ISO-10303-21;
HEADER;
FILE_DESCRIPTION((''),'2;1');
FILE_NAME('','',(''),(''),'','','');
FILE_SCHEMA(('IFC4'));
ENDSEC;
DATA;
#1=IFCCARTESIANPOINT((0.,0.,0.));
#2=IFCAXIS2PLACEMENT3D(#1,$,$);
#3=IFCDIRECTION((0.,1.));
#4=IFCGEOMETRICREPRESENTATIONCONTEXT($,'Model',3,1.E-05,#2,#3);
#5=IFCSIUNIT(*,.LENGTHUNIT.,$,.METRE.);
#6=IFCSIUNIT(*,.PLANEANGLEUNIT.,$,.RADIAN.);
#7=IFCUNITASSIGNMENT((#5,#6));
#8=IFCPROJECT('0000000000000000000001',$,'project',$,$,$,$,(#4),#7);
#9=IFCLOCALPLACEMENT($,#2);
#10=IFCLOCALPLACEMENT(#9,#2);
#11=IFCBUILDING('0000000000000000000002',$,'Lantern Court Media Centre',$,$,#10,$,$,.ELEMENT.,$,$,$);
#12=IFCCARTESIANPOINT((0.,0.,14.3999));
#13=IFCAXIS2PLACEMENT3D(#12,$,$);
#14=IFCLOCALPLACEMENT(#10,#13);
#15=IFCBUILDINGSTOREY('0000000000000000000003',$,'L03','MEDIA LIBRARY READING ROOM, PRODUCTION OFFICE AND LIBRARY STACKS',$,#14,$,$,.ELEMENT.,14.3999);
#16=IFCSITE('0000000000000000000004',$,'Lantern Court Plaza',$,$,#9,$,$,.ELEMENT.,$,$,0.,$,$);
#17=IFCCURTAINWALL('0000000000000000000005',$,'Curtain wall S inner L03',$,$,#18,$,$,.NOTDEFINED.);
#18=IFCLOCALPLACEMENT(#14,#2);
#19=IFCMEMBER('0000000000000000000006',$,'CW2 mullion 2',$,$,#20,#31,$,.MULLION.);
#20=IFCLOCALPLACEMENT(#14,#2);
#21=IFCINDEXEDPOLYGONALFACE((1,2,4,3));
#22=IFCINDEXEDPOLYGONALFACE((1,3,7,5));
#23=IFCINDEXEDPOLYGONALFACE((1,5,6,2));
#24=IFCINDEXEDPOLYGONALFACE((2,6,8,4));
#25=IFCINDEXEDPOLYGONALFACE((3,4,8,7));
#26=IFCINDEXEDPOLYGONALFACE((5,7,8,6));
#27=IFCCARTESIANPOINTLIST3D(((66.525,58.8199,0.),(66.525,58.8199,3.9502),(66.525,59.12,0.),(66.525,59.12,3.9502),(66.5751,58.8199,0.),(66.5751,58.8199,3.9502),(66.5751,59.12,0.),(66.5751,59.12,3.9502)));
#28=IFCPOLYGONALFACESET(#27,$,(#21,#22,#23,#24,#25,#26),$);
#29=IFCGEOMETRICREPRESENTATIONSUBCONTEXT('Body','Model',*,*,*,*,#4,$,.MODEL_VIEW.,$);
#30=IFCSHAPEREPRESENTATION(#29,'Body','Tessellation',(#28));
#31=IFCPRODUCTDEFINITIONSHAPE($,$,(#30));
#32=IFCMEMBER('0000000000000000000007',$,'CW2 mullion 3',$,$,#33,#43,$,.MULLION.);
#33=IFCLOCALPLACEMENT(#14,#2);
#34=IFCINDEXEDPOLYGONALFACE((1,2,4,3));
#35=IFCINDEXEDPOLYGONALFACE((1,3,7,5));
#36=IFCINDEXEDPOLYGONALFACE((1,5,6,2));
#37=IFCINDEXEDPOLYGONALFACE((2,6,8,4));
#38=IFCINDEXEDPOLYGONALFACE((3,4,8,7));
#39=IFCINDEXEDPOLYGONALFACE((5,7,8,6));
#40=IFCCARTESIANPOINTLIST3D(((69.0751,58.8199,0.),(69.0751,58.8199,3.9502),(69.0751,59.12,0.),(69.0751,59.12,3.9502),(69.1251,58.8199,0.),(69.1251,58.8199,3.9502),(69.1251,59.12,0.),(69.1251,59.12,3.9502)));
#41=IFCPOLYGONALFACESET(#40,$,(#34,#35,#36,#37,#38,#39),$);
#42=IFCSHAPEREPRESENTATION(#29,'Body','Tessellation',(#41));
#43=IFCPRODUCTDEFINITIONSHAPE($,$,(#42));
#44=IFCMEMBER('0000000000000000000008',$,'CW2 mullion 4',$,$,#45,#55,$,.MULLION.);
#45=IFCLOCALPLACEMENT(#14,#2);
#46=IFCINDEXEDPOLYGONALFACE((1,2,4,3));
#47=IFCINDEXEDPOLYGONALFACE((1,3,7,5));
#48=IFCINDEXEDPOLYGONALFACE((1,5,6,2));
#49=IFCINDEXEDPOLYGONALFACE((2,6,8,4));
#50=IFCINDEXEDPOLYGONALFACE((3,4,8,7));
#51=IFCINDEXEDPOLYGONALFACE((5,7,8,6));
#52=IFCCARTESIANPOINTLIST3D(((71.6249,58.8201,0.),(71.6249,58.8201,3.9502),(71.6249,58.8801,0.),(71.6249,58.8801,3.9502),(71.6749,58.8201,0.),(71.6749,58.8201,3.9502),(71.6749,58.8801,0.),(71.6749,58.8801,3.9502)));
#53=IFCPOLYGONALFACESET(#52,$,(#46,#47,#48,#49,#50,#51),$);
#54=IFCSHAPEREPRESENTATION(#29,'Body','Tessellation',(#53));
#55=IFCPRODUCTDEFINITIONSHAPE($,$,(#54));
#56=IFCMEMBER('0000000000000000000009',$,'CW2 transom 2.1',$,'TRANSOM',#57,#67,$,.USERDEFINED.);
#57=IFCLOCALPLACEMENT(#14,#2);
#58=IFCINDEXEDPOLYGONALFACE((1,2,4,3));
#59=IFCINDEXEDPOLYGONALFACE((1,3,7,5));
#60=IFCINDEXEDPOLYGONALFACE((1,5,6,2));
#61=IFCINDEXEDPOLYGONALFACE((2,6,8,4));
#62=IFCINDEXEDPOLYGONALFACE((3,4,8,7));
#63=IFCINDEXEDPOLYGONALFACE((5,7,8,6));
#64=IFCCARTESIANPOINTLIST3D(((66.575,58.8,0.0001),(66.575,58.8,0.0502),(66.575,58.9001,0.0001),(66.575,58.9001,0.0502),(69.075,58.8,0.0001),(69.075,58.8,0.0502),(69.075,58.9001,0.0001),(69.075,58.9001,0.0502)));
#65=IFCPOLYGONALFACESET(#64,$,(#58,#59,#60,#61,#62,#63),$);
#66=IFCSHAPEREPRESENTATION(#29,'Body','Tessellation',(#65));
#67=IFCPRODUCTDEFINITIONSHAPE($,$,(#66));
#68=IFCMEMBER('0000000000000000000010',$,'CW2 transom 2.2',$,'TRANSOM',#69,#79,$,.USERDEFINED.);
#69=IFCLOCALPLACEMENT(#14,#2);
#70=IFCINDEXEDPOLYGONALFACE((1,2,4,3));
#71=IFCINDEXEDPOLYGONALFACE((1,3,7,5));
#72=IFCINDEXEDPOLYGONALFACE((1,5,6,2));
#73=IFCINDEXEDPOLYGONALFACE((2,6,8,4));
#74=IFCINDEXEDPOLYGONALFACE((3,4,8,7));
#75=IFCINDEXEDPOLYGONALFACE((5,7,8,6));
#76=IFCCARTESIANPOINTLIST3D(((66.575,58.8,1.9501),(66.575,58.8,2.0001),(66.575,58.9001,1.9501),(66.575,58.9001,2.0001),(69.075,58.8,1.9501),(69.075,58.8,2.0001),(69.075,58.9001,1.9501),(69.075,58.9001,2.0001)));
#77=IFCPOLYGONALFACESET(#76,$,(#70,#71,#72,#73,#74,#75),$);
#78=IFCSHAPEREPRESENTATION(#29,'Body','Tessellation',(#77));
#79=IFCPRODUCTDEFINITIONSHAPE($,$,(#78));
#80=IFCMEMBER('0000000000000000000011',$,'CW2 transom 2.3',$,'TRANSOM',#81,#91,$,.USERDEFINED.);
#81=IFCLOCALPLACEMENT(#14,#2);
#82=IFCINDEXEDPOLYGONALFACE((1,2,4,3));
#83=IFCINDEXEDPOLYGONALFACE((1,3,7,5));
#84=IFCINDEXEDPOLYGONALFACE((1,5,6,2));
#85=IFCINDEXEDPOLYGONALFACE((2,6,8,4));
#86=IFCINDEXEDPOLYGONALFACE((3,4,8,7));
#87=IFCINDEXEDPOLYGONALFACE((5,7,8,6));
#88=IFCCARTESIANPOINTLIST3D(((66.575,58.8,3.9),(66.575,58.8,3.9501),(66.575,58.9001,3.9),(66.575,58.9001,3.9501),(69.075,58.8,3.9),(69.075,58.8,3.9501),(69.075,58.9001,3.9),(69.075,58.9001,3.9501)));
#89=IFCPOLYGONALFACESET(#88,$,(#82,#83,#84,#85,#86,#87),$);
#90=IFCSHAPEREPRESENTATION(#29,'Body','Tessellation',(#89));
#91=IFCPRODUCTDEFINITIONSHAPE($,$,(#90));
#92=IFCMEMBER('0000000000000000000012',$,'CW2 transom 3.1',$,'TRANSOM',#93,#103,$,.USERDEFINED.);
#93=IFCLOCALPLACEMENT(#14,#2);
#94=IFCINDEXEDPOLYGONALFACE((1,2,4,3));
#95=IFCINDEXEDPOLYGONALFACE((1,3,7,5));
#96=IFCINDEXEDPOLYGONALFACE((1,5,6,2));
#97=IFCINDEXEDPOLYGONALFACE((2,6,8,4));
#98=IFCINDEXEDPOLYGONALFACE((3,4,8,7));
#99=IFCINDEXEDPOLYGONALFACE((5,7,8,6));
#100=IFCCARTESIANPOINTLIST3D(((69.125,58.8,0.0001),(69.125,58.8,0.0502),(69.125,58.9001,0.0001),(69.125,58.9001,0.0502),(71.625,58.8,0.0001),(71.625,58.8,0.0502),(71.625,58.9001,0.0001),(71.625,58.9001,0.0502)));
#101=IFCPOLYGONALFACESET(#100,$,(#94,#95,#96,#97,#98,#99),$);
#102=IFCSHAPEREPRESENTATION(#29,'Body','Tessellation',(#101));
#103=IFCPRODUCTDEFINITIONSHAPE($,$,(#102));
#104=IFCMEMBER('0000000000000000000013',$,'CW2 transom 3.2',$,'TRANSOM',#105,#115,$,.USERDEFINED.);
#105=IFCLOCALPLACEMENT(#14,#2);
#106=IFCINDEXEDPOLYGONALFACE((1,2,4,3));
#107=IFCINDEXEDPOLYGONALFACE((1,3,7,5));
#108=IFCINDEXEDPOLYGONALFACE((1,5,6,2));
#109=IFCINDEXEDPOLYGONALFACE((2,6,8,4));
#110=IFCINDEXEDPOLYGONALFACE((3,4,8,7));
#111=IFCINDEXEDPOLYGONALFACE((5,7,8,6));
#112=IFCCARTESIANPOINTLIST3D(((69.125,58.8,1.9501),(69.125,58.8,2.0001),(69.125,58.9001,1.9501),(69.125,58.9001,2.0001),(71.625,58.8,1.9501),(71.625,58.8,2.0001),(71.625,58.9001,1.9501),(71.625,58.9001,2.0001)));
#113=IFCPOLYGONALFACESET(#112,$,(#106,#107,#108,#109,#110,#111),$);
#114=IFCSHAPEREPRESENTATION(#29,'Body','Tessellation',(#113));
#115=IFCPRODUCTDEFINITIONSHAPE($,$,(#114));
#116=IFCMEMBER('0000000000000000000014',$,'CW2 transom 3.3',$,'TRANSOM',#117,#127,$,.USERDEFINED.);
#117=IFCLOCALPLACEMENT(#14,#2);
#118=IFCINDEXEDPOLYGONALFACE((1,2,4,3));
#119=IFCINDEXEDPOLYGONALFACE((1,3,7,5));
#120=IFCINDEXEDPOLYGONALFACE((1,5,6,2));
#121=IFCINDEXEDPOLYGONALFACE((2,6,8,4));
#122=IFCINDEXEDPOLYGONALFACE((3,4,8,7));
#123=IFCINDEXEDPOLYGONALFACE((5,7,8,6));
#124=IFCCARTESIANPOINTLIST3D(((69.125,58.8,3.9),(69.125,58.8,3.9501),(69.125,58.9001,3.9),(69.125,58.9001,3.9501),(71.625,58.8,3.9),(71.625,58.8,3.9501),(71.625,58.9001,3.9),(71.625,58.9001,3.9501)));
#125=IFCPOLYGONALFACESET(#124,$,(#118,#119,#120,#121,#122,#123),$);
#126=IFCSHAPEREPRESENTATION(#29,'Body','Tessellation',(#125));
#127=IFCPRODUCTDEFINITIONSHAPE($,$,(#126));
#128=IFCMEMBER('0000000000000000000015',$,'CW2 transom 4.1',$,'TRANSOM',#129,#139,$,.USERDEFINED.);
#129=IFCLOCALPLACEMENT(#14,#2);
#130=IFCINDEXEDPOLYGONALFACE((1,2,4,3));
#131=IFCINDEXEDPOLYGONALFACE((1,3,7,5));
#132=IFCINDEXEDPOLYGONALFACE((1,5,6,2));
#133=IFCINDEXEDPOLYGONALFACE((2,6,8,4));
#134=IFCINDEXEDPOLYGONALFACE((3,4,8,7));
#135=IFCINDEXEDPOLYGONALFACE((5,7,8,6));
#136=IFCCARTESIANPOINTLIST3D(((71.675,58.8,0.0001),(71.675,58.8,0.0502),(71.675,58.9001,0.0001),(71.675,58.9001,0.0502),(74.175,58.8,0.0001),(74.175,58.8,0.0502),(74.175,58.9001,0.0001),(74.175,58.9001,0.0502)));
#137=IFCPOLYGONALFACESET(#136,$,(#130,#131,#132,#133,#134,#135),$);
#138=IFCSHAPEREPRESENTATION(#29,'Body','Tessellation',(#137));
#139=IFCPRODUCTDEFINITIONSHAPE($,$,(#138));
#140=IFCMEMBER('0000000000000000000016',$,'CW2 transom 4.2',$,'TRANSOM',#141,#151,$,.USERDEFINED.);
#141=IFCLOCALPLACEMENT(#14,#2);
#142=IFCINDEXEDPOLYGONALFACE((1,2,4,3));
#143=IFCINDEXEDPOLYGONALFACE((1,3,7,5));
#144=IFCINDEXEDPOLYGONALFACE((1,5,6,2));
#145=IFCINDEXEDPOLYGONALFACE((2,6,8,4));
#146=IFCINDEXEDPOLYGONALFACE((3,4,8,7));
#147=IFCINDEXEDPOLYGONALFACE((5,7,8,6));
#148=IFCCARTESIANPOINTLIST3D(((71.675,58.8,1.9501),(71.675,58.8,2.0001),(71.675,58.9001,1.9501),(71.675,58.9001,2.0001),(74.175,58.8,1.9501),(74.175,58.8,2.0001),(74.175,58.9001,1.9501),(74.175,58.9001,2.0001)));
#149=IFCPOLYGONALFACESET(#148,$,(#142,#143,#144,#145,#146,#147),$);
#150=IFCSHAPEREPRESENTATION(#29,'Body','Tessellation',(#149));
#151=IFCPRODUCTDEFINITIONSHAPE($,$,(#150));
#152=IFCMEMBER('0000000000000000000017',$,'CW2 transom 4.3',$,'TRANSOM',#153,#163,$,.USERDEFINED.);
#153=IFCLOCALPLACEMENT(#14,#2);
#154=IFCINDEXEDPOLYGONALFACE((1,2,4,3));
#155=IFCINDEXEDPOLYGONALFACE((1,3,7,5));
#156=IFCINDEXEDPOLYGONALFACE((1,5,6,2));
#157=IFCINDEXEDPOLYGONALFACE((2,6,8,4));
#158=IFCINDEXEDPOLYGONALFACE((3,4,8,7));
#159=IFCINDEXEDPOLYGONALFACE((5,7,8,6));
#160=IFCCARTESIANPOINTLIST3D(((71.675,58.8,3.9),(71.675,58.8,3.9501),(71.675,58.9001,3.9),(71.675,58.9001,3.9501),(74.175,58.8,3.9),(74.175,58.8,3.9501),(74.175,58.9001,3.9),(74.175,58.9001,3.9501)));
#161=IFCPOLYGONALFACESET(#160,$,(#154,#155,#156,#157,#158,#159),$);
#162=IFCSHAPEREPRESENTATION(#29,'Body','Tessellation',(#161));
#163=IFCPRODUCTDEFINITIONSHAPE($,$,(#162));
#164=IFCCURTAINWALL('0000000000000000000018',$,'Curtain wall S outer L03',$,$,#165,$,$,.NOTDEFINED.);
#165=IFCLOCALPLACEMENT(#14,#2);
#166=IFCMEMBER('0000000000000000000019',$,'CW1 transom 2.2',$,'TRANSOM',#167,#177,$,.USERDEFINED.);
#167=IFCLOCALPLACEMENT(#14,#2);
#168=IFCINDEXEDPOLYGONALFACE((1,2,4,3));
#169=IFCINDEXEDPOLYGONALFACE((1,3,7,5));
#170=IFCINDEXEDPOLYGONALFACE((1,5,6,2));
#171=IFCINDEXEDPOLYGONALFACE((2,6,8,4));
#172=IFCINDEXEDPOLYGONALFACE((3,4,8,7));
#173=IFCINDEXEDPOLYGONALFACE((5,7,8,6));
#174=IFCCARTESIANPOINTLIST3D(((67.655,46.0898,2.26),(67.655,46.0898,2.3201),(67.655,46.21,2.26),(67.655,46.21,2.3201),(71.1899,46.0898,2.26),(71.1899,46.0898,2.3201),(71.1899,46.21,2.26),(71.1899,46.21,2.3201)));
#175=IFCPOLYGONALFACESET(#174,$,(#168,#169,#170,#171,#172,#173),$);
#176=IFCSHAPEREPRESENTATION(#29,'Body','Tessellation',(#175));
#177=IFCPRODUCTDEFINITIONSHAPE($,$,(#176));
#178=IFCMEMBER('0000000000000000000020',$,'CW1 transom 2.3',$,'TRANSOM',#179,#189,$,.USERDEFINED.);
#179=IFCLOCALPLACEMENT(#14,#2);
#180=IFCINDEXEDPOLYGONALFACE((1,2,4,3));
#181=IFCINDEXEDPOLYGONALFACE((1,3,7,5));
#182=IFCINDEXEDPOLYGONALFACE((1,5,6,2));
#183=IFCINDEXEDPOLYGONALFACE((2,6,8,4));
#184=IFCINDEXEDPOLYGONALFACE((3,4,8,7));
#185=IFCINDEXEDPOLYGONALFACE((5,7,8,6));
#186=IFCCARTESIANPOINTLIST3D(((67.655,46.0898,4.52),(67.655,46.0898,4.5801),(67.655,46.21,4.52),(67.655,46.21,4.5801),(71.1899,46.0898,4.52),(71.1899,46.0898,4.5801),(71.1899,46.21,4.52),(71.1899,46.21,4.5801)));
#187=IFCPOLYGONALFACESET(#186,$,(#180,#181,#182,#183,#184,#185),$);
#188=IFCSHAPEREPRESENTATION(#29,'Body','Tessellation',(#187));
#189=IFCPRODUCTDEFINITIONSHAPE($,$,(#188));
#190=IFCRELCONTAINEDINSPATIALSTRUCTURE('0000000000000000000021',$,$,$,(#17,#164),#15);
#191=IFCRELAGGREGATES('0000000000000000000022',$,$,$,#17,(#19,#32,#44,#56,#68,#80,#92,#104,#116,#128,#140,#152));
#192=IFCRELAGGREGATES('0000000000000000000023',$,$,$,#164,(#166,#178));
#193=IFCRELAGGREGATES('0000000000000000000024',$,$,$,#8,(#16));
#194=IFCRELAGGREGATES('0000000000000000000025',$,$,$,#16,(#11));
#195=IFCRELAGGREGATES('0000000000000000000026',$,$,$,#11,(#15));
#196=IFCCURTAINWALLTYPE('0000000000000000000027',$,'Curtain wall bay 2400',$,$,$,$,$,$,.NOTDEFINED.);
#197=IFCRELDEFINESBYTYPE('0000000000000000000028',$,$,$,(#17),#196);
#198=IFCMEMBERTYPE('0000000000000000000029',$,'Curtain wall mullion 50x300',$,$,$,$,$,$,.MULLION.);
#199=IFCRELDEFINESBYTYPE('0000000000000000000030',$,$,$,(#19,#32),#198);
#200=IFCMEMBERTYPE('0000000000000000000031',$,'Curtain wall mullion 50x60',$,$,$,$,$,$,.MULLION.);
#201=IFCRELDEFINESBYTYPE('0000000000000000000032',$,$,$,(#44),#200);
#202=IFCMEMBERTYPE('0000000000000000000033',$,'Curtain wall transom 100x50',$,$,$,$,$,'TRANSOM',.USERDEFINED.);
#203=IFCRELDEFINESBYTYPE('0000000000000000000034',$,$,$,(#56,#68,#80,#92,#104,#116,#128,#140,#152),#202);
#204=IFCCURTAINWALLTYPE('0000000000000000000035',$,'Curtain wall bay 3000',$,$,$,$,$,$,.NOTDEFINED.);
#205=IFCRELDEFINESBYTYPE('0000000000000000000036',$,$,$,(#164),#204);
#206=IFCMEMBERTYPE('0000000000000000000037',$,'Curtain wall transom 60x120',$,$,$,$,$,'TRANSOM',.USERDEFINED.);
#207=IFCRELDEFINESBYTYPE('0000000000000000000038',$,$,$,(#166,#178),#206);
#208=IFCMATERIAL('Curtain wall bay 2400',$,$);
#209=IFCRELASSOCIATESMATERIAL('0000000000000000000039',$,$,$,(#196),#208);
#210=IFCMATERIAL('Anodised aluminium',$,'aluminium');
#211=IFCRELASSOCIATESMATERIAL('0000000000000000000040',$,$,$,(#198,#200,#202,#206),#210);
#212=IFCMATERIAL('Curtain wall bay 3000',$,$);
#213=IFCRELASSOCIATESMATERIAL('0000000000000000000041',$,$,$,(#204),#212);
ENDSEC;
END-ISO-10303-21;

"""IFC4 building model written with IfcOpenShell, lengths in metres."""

from ifc_helpers import new_model, si_unit, direction, frame, origin, origin_2d, place, context, subcontext, project, spatial, rectangle, extrude, material, material_profile, profile_set, type_object, element, aggregate, save


model = new_model("IFC4")

# Units and contexts
model_context = context("Model", 3, precision=1e-05, world=origin(), true_north=direction((0.0, 1.0)))
body_context = subcontext(model_context, "Body", "Model", "MODEL_VIEW")
ifc_project = project(units=[si_unit("LENGTHUNIT", "METRE"), si_unit("PLANEANGLEUNIT", "RADIAN")], contexts=[model_context])

# Site, building, storey
site_placement = place(None, origin())
site = spatial("IfcSite", under=ifc_project, at=site_placement, Name="Lantern Court Plaza", CompositionType="ELEMENT", RefElevation=0.0)
building_placement = place(site_placement, origin())
building = spatial("IfcBuilding", under=site, at=building_placement, Name="Lantern Court Media Centre", CompositionType="ELEMENT")
storey_placement = place(building_placement, frame((0.0, 0.0, 14.3999)))
storey = spatial("IfcBuildingStorey", under=building, at=storey_placement, Name="L03", Description="MEDIA LIBRARY READING ROOM, PRODUCTION OFFICE AND LIBRARY STACKS", CompositionType="ELEMENT", Elevation=14.3999)

# Curtain walls, members
ifc_material_1 = material(Name="Curtain wall bay 2400")
curtain_wall_type_1 = type_object("IfcCurtainWallType", Name="Curtain wall bay 2400", PredefinedType="NOTDEFINED", material=ifc_material_1)
curtain_wall_1_placement = place(storey_placement, origin())
curtain_wall_1 = element("IfcCurtainWall", 1, at=curtain_wall_1_placement, inside=storey, type_object=curtain_wall_type_1, Name="Curtain wall S inner L03", PredefinedType="NOTDEFINED")
ifc_material_2 = material(Name="Anodised aluminium", Category="aluminium")
ifc_material_profile_1 = material_profile(ifc_material_2, rectangle(XDim=0.3, YDim=0.05, at=origin_2d()), Name="AL 50x300")
ifc_profile_set_1 = profile_set([ifc_material_profile_1], Name="Anodised aluminium")
member_type_1 = type_object("IfcMemberType", Name="Curtain wall mullion 50x300", PredefinedType="MULLION", material=ifc_profile_set_1)
member_1_placement = place(storey_placement, frame((66.55, 58.97, 0.0), z_axis=(0.0, 0.0, 1.0), x_axis=(0.0, 1.0, 0.0)))
member_1 = element("IfcMember", 2, at=member_1_placement, type_object=member_type_1, Name="CW2 mullion 2", PredefinedType="MULLION", context=body_context, shape_type="SweptSolid", body=[
    extrude(rectangle(XDim=0.3, YDim=0.05, at=origin_2d()), origin(), (0.0, 0.0, 1.0), 3.9502),
])
member_2_placement = place(storey_placement, frame((69.1001, 58.97, 0.0), z_axis=(0.0, 0.0, 1.0), x_axis=(0.0, 1.0, 0.0)))
member_2 = element("IfcMember", 3, at=member_2_placement, type_object=member_type_1, Name="CW2 mullion 3", PredefinedType="MULLION", context=body_context, shape_type="SweptSolid", body=[
    extrude(rectangle(XDim=0.3, YDim=0.05, at=origin_2d()), origin(), (0.0, 0.0, 1.0), 3.9502),
])
ifc_material_profile_2 = material_profile(ifc_material_2, rectangle(XDim=0.0601, YDim=0.05, at=origin_2d()), Name="AL 50x60")
ifc_profile_set_2 = profile_set([ifc_material_profile_2], Name="Anodised aluminium")
member_type_2 = type_object("IfcMemberType", Name="Curtain wall mullion 50x60", PredefinedType="MULLION", material=ifc_profile_set_2)
member_3_placement = place(storey_placement, frame((71.6499, 58.8501, 0.0), z_axis=(0.0, 0.0, 1.0), x_axis=(0.0, 1.0, 0.0)))
member_3 = element("IfcMember", 4, at=member_3_placement, type_object=member_type_2, Name="CW2 mullion 4", PredefinedType="MULLION", context=body_context, shape_type="SweptSolid", body=[
    extrude(rectangle(XDim=0.0601, YDim=0.05, at=origin_2d()), origin(), (0.0, 0.0, 1.0), 3.9502),
])
ifc_material_profile_3 = material_profile(ifc_material_2, rectangle(XDim=0.1001, YDim=0.05, at=origin_2d()), Name="AL 50x100")
ifc_profile_set_3 = profile_set([ifc_material_profile_3], Name="Anodised aluminium")
member_type_3 = type_object("IfcMemberType", Name="Curtain wall transom 100x50", ElementType="TRANSOM", PredefinedType="USERDEFINED", material=ifc_profile_set_3)
member_4_placement = place(storey_placement, frame((66.575, 58.8501, 0.0251), z_axis=(1.0, 0.0, 0.0), x_axis=(0.0, 1.0, 0.0)))
member_4 = element("IfcMember", 5, at=member_4_placement, type_object=member_type_3, Name="CW2 transom 2.1", ObjectType="TRANSOM", PredefinedType="USERDEFINED", context=body_context, shape_type="SweptSolid", body=[
    extrude(rectangle(XDim=0.1001, YDim=0.05, at=origin_2d()), origin(), (0.0, 0.0, 1.0), 2.5),
])
member_5_placement = place(storey_placement, frame((66.575, 58.8501, 1.9751), z_axis=(1.0, 0.0, 0.0), x_axis=(0.0, 1.0, 0.0)))
member_5 = element("IfcMember", 6, at=member_5_placement, type_object=member_type_3, Name="CW2 transom 2.2", ObjectType="TRANSOM", PredefinedType="USERDEFINED", context=body_context, shape_type="SweptSolid", body=[
    extrude(rectangle(XDim=0.1001, YDim=0.05, at=origin_2d()), origin(), (0.0, 0.0, 1.0), 2.5),
])
member_6_placement = place(storey_placement, frame((66.575, 58.8501, 3.925), z_axis=(1.0, 0.0, 0.0), x_axis=(0.0, 1.0, 0.0)))
member_6 = element("IfcMember", 7, at=member_6_placement, type_object=member_type_3, Name="CW2 transom 2.3", ObjectType="TRANSOM", PredefinedType="USERDEFINED", context=body_context, shape_type="SweptSolid", body=[
    extrude(rectangle(XDim=0.1001, YDim=0.05, at=origin_2d()), origin(), (0.0, 0.0, 1.0), 2.5),
])
member_7_placement = place(storey_placement, frame((69.125, 58.8501, 0.0251), z_axis=(1.0, 0.0, 0.0), x_axis=(0.0, 1.0, 0.0)))
member_7 = element("IfcMember", 8, at=member_7_placement, type_object=member_type_3, Name="CW2 transom 3.1", ObjectType="TRANSOM", PredefinedType="USERDEFINED", context=body_context, shape_type="SweptSolid", body=[
    extrude(rectangle(XDim=0.1001, YDim=0.05, at=origin_2d()), origin(), (0.0, 0.0, 1.0), 2.5),
])
member_8_placement = place(storey_placement, frame((69.125, 58.8501, 1.9751), z_axis=(1.0, 0.0, 0.0), x_axis=(0.0, 1.0, 0.0)))
member_8 = element("IfcMember", 9, at=member_8_placement, type_object=member_type_3, Name="CW2 transom 3.2", ObjectType="TRANSOM", PredefinedType="USERDEFINED", context=body_context, shape_type="SweptSolid", body=[
    extrude(rectangle(XDim=0.1001, YDim=0.05, at=origin_2d()), origin(), (0.0, 0.0, 1.0), 2.5),
])
member_9_placement = place(storey_placement, frame((69.125, 58.8501, 3.925), z_axis=(1.0, 0.0, 0.0), x_axis=(0.0, 1.0, 0.0)))
member_9 = element("IfcMember", 10, at=member_9_placement, type_object=member_type_3, Name="CW2 transom 3.3", ObjectType="TRANSOM", PredefinedType="USERDEFINED", context=body_context, shape_type="SweptSolid", body=[
    extrude(rectangle(XDim=0.1001, YDim=0.05, at=origin_2d()), origin(), (0.0, 0.0, 1.0), 2.5),
])
member_10_placement = place(storey_placement, frame((71.675, 58.8501, 0.0251), z_axis=(1.0, 0.0, 0.0), x_axis=(0.0, 1.0, 0.0)))
member_10 = element("IfcMember", 11, at=member_10_placement, type_object=member_type_3, Name="CW2 transom 4.1", ObjectType="TRANSOM", PredefinedType="USERDEFINED", context=body_context, shape_type="SweptSolid", body=[
    extrude(rectangle(XDim=0.1001, YDim=0.05, at=origin_2d()), origin(), (0.0, 0.0, 1.0), 2.5),
])
member_11_placement = place(storey_placement, frame((71.675, 58.8501, 1.9751), z_axis=(1.0, 0.0, 0.0), x_axis=(0.0, 1.0, 0.0)))
member_11 = element("IfcMember", 12, at=member_11_placement, type_object=member_type_3, Name="CW2 transom 4.2", ObjectType="TRANSOM", PredefinedType="USERDEFINED", context=body_context, shape_type="SweptSolid", body=[
    extrude(rectangle(XDim=0.1001, YDim=0.05, at=origin_2d()), origin(), (0.0, 0.0, 1.0), 2.5),
])
member_12_placement = place(storey_placement, frame((71.675, 58.8501, 3.925), z_axis=(1.0, 0.0, 0.0), x_axis=(0.0, 1.0, 0.0)))
member_12 = element("IfcMember", 13, at=member_12_placement, type_object=member_type_3, Name="CW2 transom 4.3", ObjectType="TRANSOM", PredefinedType="USERDEFINED", context=body_context, shape_type="SweptSolid", body=[
    extrude(rectangle(XDim=0.1001, YDim=0.05, at=origin_2d()), origin(), (0.0, 0.0, 1.0), 2.5),
])
ifc_material_3 = material(Name="Curtain wall bay 3000")
curtain_wall_type_2 = type_object("IfcCurtainWallType", Name="Curtain wall bay 3000", PredefinedType="NOTDEFINED", material=ifc_material_3)
curtain_wall_2_placement = place(storey_placement, origin())
curtain_wall_2 = element("IfcCurtainWall", 14, at=curtain_wall_2_placement, inside=storey, type_object=curtain_wall_type_2, Name="Curtain wall S outer L03", PredefinedType="NOTDEFINED")
ifc_material_profile_4 = material_profile(ifc_material_2, rectangle(XDim=0.1201, YDim=0.0601, at=origin_2d()), Name="AL 60x120")
ifc_profile_set_4 = profile_set([ifc_material_profile_4], Name="Anodised aluminium")
member_type_4 = type_object("IfcMemberType", Name="Curtain wall transom 60x120", ElementType="TRANSOM", PredefinedType="USERDEFINED", material=ifc_profile_set_4)
member_13_placement = place(storey_placement, frame((67.655, 46.1499, 2.29), z_axis=(1.0, 0.0, 0.0), x_axis=(0.0, 1.0, 0.0)))
member_13 = element("IfcMember", 15, at=member_13_placement, type_object=member_type_4, Name="CW1 transom 2.2", ObjectType="TRANSOM", PredefinedType="USERDEFINED", context=body_context, shape_type="SweptSolid", body=[
    extrude(rectangle(XDim=0.1201, YDim=0.0601, at=origin_2d()), origin(), (0.0, 0.0, 1.0), 3.5349),
])
member_14_placement = place(storey_placement, frame((67.655, 46.1499, 4.55), z_axis=(1.0, 0.0, 0.0), x_axis=(0.0, 1.0, 0.0)))
member_14 = element("IfcMember", 16, at=member_14_placement, type_object=member_type_4, Name="CW1 transom 2.3", ObjectType="TRANSOM", PredefinedType="USERDEFINED", context=body_context, shape_type="SweptSolid", body=[
    extrude(rectangle(XDim=0.1201, YDim=0.0601, at=origin_2d()), origin(), (0.0, 0.0, 1.0), 3.5349),
])

aggregate(curtain_wall_1, [member_1, member_2, member_3, member_4, member_5, member_6, member_7, member_8, member_9, member_10, member_11, member_12])
aggregate(curtain_wall_2, [member_13, member_14])

save(model, "model.ifc")
